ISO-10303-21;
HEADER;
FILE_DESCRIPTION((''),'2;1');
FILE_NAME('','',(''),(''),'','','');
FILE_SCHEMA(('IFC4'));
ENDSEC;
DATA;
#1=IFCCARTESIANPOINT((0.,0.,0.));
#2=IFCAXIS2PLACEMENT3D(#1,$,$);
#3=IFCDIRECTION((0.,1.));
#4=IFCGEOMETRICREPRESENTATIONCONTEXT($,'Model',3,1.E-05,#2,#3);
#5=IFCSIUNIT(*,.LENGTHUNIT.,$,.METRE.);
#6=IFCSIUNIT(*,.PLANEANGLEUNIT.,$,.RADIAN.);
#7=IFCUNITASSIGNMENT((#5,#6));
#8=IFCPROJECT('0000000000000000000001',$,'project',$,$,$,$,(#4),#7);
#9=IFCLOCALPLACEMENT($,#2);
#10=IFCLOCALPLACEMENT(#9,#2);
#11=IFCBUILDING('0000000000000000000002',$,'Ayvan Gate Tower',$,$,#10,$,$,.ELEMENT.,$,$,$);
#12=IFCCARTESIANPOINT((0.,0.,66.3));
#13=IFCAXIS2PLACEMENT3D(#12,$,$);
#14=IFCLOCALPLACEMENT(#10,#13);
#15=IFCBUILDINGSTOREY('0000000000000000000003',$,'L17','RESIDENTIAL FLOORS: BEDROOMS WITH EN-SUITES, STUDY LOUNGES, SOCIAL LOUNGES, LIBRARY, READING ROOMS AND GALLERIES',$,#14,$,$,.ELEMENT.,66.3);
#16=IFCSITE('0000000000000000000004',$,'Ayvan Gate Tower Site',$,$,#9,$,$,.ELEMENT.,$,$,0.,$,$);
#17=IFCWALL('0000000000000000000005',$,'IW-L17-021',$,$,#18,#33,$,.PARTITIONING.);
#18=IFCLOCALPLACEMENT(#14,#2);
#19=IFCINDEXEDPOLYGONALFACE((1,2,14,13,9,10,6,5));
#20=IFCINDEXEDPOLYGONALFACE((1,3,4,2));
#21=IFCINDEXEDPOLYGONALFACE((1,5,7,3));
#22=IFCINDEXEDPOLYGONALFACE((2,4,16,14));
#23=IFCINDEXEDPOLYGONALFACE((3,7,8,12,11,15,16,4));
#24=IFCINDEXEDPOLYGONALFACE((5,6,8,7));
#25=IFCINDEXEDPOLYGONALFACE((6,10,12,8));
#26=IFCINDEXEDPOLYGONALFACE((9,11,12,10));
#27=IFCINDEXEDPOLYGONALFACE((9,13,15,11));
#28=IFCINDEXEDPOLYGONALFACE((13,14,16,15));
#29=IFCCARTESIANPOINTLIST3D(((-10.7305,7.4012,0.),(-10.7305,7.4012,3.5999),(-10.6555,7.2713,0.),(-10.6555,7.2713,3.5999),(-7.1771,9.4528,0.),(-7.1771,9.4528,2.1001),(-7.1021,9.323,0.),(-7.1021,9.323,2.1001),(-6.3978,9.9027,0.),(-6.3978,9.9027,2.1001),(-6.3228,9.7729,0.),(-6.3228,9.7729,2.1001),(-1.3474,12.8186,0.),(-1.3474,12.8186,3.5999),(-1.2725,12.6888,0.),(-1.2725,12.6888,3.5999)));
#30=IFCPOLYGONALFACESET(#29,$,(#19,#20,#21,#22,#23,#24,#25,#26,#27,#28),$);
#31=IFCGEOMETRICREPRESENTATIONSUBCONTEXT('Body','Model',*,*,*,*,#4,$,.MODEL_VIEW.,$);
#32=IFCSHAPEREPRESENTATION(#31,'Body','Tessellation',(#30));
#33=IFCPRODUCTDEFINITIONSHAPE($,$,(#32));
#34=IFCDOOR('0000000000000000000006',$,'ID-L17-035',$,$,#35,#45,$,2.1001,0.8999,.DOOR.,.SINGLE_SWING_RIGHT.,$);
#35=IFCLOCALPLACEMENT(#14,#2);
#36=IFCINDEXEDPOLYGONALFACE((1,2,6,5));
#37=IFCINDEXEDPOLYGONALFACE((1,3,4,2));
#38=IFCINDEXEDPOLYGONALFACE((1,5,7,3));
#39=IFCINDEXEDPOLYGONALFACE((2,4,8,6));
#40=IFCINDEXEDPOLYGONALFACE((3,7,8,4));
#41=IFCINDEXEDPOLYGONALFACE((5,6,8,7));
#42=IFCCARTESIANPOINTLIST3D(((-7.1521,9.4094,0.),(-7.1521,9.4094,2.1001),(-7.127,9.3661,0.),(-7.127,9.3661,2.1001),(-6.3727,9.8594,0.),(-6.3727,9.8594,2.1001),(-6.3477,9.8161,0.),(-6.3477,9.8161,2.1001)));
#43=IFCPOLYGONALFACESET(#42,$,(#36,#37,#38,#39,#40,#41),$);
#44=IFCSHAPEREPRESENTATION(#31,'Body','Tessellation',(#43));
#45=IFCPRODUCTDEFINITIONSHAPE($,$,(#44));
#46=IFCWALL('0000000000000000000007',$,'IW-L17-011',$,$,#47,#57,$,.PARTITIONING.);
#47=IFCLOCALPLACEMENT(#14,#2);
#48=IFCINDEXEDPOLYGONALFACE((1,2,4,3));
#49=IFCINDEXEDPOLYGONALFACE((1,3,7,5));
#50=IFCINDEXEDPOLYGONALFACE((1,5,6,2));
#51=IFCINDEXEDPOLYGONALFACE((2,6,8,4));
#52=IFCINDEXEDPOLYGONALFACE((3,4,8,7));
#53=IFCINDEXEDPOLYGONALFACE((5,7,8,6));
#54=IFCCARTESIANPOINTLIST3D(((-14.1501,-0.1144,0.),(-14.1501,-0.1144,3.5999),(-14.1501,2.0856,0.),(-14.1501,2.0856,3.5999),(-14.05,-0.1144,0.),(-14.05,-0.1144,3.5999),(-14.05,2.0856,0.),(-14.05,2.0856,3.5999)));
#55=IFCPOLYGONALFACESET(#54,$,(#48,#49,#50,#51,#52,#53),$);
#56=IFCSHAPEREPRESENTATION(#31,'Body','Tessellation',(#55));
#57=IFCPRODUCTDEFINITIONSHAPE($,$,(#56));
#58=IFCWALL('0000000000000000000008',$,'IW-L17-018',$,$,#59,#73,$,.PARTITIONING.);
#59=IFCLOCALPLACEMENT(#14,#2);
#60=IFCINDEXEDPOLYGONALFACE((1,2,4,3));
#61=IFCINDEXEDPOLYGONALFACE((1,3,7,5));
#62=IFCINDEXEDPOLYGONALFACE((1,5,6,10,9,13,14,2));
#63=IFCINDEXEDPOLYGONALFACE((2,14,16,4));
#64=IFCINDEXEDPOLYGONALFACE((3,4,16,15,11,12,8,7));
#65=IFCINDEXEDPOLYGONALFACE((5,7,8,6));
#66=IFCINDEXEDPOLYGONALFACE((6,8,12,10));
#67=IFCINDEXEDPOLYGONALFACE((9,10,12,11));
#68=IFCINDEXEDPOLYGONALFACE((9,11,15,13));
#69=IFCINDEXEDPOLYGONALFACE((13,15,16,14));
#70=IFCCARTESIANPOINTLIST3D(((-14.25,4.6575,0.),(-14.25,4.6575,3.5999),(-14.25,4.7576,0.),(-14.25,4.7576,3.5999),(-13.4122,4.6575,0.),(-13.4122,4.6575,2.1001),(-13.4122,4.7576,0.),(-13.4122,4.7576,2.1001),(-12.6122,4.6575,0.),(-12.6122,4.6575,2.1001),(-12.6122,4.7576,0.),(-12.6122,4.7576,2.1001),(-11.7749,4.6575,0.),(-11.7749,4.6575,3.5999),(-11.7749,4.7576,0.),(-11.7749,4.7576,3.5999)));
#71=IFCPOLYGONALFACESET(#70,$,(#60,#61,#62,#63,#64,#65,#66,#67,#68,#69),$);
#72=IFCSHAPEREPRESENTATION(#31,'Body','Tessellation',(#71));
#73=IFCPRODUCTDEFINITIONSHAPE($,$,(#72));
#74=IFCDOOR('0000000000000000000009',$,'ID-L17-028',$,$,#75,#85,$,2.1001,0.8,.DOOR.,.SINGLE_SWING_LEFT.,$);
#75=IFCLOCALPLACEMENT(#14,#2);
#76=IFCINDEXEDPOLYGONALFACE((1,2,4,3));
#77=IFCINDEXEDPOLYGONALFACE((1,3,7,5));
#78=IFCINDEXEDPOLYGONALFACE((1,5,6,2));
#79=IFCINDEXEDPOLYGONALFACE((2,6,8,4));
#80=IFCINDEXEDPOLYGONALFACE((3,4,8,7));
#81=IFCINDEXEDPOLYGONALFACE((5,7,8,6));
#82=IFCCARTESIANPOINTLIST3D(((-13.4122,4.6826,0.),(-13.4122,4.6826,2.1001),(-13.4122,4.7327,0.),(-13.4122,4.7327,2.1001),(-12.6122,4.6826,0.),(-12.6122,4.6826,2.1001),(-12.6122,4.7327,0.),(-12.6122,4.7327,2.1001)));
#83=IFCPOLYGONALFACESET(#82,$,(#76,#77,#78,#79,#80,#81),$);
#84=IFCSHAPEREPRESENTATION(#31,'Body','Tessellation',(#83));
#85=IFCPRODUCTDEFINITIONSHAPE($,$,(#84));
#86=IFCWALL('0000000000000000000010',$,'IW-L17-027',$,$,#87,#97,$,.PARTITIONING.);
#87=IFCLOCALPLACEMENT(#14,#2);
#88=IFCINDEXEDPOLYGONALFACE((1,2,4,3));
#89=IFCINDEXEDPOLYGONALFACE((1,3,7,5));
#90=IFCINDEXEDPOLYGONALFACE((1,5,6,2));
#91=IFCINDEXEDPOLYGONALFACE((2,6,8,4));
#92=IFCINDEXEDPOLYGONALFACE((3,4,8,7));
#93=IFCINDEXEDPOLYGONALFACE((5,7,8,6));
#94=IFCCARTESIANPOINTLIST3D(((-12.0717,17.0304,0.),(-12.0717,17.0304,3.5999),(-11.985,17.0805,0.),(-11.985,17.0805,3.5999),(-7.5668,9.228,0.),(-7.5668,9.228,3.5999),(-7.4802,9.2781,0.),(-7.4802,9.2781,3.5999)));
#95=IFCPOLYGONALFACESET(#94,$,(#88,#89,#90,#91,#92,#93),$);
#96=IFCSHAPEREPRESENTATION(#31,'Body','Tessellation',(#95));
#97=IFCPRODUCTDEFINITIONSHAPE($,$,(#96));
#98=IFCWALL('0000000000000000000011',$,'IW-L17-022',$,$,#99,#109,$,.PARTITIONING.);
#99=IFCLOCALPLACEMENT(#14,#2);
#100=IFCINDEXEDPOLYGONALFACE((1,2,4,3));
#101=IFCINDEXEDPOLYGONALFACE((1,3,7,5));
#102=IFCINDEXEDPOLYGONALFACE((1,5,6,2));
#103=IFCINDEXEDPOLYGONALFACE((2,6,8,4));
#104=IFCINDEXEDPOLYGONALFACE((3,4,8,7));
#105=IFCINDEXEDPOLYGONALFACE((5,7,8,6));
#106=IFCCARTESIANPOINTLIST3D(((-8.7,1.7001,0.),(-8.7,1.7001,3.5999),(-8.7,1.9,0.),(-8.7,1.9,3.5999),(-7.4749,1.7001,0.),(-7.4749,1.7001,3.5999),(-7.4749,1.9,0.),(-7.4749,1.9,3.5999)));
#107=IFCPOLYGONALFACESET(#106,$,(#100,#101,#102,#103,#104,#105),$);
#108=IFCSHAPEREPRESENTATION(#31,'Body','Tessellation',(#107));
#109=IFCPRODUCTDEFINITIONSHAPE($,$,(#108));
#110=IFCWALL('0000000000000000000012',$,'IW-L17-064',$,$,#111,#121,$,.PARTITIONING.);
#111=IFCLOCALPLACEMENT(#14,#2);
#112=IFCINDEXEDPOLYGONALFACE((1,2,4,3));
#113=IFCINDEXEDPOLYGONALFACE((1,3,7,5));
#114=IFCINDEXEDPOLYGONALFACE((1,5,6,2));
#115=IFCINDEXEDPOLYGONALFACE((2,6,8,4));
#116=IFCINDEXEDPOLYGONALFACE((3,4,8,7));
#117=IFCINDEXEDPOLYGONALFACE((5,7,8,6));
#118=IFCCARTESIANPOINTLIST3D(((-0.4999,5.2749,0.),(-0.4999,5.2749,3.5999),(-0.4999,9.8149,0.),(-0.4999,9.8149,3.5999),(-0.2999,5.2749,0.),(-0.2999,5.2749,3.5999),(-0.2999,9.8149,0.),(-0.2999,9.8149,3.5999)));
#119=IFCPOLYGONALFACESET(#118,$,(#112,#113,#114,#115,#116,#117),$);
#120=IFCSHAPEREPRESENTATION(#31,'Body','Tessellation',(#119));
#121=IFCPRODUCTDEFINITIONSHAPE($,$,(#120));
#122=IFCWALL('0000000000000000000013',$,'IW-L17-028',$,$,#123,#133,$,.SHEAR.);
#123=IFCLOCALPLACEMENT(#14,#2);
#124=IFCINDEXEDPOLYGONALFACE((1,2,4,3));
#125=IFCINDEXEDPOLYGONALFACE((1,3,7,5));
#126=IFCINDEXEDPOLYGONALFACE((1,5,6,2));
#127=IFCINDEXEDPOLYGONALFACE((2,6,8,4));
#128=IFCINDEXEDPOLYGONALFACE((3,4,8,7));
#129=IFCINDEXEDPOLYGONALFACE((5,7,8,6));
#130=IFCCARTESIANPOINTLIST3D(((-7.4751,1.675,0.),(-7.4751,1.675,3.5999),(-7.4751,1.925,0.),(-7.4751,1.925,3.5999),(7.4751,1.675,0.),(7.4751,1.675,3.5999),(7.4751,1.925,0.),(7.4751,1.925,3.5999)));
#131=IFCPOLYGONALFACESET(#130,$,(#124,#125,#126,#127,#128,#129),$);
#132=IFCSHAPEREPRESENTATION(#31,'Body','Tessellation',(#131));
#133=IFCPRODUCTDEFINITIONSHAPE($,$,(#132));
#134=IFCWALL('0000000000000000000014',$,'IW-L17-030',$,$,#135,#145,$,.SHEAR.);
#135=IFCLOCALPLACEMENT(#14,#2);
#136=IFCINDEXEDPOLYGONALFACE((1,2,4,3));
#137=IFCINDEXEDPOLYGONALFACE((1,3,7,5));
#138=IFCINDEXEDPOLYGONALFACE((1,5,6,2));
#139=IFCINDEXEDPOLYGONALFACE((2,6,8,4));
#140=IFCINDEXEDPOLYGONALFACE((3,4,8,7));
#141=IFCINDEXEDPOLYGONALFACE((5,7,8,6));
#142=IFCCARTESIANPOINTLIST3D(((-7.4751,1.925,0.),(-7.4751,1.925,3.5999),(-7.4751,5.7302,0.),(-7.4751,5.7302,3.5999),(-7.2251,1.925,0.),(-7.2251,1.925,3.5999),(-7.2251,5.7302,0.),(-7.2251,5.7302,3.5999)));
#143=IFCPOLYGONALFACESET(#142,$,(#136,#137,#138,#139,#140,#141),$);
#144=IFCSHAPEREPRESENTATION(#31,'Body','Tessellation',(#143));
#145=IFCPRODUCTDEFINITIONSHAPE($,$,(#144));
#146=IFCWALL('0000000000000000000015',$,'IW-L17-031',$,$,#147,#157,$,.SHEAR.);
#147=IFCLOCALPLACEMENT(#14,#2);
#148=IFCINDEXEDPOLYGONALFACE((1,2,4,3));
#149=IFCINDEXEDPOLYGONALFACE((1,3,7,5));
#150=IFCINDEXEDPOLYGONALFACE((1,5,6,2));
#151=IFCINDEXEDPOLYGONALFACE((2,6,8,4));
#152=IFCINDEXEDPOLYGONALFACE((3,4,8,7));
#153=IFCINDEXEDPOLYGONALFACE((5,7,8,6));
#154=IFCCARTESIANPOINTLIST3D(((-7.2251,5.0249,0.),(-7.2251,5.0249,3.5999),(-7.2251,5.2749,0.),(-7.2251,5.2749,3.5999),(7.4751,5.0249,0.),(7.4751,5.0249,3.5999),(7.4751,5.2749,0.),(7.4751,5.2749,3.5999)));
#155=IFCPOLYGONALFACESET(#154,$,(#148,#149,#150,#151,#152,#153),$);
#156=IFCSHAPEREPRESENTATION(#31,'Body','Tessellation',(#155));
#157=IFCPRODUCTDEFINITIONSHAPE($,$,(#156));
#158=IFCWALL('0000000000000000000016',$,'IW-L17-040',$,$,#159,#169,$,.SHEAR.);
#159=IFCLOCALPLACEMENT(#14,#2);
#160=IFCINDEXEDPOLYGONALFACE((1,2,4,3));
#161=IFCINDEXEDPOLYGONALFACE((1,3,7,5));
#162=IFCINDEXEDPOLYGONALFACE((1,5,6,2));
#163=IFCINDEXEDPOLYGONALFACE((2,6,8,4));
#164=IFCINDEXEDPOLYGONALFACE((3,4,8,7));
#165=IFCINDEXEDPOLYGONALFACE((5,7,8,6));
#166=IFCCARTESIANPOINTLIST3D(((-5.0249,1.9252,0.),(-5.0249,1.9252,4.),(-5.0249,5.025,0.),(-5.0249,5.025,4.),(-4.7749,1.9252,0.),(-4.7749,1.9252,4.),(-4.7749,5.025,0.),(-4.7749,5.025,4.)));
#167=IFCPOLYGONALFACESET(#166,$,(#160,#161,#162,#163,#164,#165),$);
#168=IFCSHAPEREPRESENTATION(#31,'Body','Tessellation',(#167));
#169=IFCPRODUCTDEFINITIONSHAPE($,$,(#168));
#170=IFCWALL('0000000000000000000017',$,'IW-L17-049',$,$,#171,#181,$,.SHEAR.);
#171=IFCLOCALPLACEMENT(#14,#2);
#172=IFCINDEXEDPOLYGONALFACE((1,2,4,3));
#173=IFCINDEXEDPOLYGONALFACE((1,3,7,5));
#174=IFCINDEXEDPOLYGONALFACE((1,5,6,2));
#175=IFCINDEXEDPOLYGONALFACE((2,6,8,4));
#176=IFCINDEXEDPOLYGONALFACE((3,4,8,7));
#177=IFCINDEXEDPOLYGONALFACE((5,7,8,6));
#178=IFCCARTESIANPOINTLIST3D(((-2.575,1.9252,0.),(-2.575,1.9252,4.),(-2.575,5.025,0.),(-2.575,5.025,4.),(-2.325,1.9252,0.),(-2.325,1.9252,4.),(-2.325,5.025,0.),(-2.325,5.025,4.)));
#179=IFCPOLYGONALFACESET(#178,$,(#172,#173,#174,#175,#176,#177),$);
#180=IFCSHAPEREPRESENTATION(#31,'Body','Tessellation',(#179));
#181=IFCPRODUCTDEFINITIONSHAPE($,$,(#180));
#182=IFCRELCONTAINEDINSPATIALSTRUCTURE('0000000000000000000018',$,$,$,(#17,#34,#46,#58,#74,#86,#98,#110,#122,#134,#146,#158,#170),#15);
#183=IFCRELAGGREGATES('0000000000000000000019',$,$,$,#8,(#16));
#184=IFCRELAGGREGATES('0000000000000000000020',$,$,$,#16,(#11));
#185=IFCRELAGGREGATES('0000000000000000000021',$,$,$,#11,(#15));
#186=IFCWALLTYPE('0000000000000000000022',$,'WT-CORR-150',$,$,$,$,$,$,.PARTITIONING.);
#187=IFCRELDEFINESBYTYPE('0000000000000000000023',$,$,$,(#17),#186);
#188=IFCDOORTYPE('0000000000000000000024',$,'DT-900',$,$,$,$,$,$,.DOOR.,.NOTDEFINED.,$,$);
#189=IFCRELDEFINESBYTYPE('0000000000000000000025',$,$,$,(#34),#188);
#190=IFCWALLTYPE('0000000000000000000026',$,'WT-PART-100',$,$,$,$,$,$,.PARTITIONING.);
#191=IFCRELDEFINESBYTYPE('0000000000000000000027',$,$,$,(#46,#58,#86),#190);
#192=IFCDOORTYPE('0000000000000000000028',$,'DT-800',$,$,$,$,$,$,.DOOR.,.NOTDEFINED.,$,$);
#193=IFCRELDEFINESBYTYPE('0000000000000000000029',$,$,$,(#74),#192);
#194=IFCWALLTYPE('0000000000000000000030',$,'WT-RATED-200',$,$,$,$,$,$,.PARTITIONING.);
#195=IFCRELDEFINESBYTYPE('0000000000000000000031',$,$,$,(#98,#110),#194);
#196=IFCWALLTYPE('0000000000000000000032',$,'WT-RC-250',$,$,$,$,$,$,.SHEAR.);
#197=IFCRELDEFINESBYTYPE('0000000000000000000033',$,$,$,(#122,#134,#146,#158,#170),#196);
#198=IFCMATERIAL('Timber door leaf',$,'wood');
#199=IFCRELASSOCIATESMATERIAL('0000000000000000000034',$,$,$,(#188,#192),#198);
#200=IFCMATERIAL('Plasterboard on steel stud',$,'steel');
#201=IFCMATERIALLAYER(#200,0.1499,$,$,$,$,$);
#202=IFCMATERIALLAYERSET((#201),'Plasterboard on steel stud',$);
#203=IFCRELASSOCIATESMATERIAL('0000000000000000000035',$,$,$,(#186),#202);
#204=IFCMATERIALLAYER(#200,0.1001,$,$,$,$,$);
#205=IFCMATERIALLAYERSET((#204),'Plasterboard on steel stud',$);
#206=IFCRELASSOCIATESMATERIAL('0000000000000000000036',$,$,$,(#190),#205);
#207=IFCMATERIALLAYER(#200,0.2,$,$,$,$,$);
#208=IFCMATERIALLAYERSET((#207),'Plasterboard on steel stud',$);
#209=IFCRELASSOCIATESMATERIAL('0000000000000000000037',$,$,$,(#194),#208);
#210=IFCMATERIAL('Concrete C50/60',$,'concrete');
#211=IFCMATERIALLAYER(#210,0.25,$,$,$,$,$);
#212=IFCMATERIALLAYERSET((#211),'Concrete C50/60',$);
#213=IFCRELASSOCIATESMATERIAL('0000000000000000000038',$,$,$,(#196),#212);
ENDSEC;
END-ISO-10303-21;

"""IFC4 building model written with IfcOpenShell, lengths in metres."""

from ifc_helpers import new_model, si_unit, direction, frame, frame_2d, origin, place, context, subcontext, project, spatial, rectangle, extrude, material, layer, layer_set, type_object, element, fill, save


model = new_model("IFC4")

# Units and contexts
model_context = context("Model", 3, precision=1e-05, world=origin(), true_north=direction((0.0, 1.0)))
body_context = subcontext(model_context, "Body", "Model", "MODEL_VIEW")
ifc_project = project(units=[si_unit("LENGTHUNIT", "METRE"), si_unit("PLANEANGLEUNIT", "RADIAN")], contexts=[model_context])

# Site, building, storey
site_placement = place(None, origin())
site = spatial("IfcSite", under=ifc_project, at=site_placement, Name="Ayvan Gate Tower Site", CompositionType="ELEMENT", RefElevation=0.0)
building_placement = place(site_placement, origin())
building = spatial("IfcBuilding", under=site, at=building_placement, Name="Ayvan Gate Tower", CompositionType="ELEMENT")
storey_placement = place(building_placement, frame((0.0, 0.0, 66.3)))
storey = spatial("IfcBuildingStorey", under=building, at=storey_placement, Name="L17", Description="RESIDENTIAL FLOORS: BEDROOMS WITH EN-SUITES, STUDY LOUNGES, SOCIAL LOUNGES, LIBRARY, READING ROOMS AND GALLERIES", CompositionType="ELEMENT", Elevation=66.3)

# Shared definitions
ifc_material_1 = material(Name="Timber door leaf", Category="wood")
door_type_1 = type_object("IfcDoorType", Name="DT-900", OperationType="NOTDEFINED", PredefinedType="DOOR", material=ifc_material_1)
ifc_material_2 = material(Name="Plasterboard on steel stud", Category="steel")
ifc_layer_1 = layer(ifc_material_2, 0.1499)
ifc_layer_set_1 = layer_set([ifc_layer_1], Name="Plasterboard on steel stud")
wall_type_1 = type_object("IfcWallType", Name="WT-CORR-150", PredefinedType="PARTITIONING", material=ifc_layer_set_1)

# Wall, opening, door
wall_1_placement = place(storey_placement, frame((-10.6931, 7.3362, 0.0), z_axis=(0.0, 0.0, 1.0), x_axis=(0.866019, 0.500012, 0.0)))
wall_1 = element("IfcWall", 1, at=wall_1_placement, inside=storey, type_object=wall_type_1, Name="IW-L17-021", PredefinedType="PARTITIONING", context=body_context, shape_type="SweptSolid", body=[
    extrude(rectangle(XDim=10.8347, YDim=0.1499, at=frame_2d((5.4175, 0.0))), origin(), (0.0, 0.0, 1.0), 3.5999),
])
opening_1_placement = place(wall_1_placement, frame((4.1033, 0.0, 0.0)))
opening_1 = element("IfcOpeningElement", 2, at=opening_1_placement, cuts=wall_1, PredefinedType="OPENING", context=body_context, shape_type="SweptSolid", body=[
    extrude(rectangle(XDim=0.8999, YDim=2.1001, at=frame_2d((0.45, 1.05))), frame((0.0, 0.085, 0.0), z_axis=(0.0, -1.0, 0.0), x_axis=(1.0, 0.0, 0.0)), (0.0, 0.0, 1.0), 0.1699),
])
door_1_placement = place(opening_1_placement, origin())
door_1 = element("IfcDoor", 3, at=door_1_placement, inside=storey, type_object=door_type_1, Name="ID-L17-035", OperationType="SINGLE_SWING_RIGHT", OverallHeight=2.1001, OverallWidth=0.8999, PredefinedType="DOOR", context=body_context, shape_type="SweptSolid", body=[
    extrude(rectangle(XDim=0.8999, YDim=2.1001, at=frame_2d((0.45, 1.05))), frame((0.0, 0.0249, 0.0), z_axis=(0.0, -1.0, 0.0), x_axis=(1.0, 0.0, 0.0)), (0.0, 0.0, 1.0), 0.05),
])
fill(opening_1, door_1)

# Wall
ifc_layer_2 = layer(ifc_material_2, 0.1001)
ifc_layer_set_2 = layer_set([ifc_layer_2], Name="Plasterboard on steel stud")
wall_type_2 = type_object("IfcWallType", Name="WT-PART-100", PredefinedType="PARTITIONING", material=ifc_layer_set_2)
wall_2_placement = place(storey_placement, frame((-14.1001, 2.0857, 0.0), z_axis=(0.0, 0.0, 1.0), x_axis=(0.0, -1.0, 0.0)))
element("IfcWall", 4, at=wall_2_placement, inside=storey, type_object=wall_type_2, Name="IW-L17-011", PredefinedType="PARTITIONING", context=body_context, shape_type="SweptSolid", body=[
    extrude(rectangle(XDim=2.2, YDim=0.1001, at=frame_2d((1.1001, 0.0))), origin(), (0.0, 0.0, 1.0), 3.5999),
])

# Wall, opening, door
wall_3_placement = place(storey_placement, frame((-11.7749, 4.7075, 0.0), z_axis=(0.0, 0.0, 1.0), x_axis=(-1.0, 0.0, 0.0)))
wall_3 = element("IfcWall", 5, at=wall_3_placement, inside=storey, type_object=wall_type_2, Name="IW-L17-018", PredefinedType="PARTITIONING", context=body_context, shape_type="SweptSolid", body=[
    extrude(rectangle(XDim=2.4751, YDim=0.1001, at=frame_2d((1.2375, 0.0))), origin(), (0.0, 0.0, 1.0), 3.5999),
])
opening_2_placement = place(wall_3_placement, frame((0.8374, 0.0, 0.0)))
opening_2 = element("IfcOpeningElement", 6, at=opening_2_placement, cuts=wall_3, PredefinedType="OPENING", context=body_context, shape_type="SweptSolid", body=[
    extrude(rectangle(XDim=0.8, YDim=2.1001, at=frame_2d((0.3999, 1.05))), frame((0.0, 0.0601, 0.0), z_axis=(0.0, -1.0, 0.0), x_axis=(1.0, 0.0, 0.0)), (0.0, 0.0, 1.0), 0.1201),
])
door_type_2 = type_object("IfcDoorType", Name="DT-800", OperationType="NOTDEFINED", PredefinedType="DOOR", material=ifc_material_1)
door_2_placement = place(opening_2_placement, origin())
door_2 = element("IfcDoor", 7, at=door_2_placement, inside=storey, type_object=door_type_2, Name="ID-L17-028", OperationType="SINGLE_SWING_LEFT", OverallHeight=2.1001, OverallWidth=0.8, PredefinedType="DOOR", context=body_context, shape_type="SweptSolid", body=[
    extrude(rectangle(XDim=0.8, YDim=2.1001, at=frame_2d((0.3999, 1.05))), frame((0.0, 0.0249, 0.0), z_axis=(0.0, -1.0, 0.0), x_axis=(1.0, 0.0, 0.0)), (0.0, 0.0, 1.0), 0.05),
])
fill(opening_2, door_2)

# Walls
wall_4_placement = place(storey_placement, frame((-7.5234, 9.2529, 0.0), z_axis=(0.0, 0.0, 1.0), x_axis=(-0.500009, 0.86602, 0.0)))
element("IfcWall", 8, at=wall_4_placement, inside=storey, type_object=wall_type_2, Name="IW-L17-027", PredefinedType="PARTITIONING", context=body_context, shape_type="SweptSolid", body=[
    extrude(rectangle(XDim=9.0095, YDim=0.1001, at=frame_2d((4.5049, 0.0))), origin(), (0.0, 0.0, 1.0), 3.5999),
])
ifc_layer_3 = layer(ifc_material_2, 0.2)
ifc_layer_set_3 = layer_set([ifc_layer_3], Name="Plasterboard on steel stud")
wall_type_3 = type_object("IfcWallType", Name="WT-RATED-200", PredefinedType="PARTITIONING", material=ifc_layer_set_3)
wall_5_placement = place(storey_placement, frame((-8.7, 1.8, 0.0), z_axis=(0.0, 0.0, 1.0), x_axis=(1.0, 0.0, 0.0)))
element("IfcWall", 9, at=wall_5_placement, inside=storey, type_object=wall_type_3, Name="IW-L17-022", PredefinedType="PARTITIONING", context=body_context, shape_type="SweptSolid", body=[
    extrude(rectangle(XDim=1.2251, YDim=0.2, at=frame_2d((0.6125, 0.0))), origin(), (0.0, 0.0, 1.0), 3.5999),
])
wall_6_placement = place(storey_placement, frame((-0.3999, 9.8149, 0.0), z_axis=(0.0, 0.0, 1.0), x_axis=(0.0, -1.0, 0.0)))
element("IfcWall", 10, at=wall_6_placement, inside=storey, type_object=wall_type_3, Name="IW-L17-064", PredefinedType="PARTITIONING", context=body_context, shape_type="SweptSolid", body=[
    extrude(rectangle(XDim=4.54, YDim=0.2, at=frame_2d((2.27, 0.0))), origin(), (0.0, 0.0, 1.0), 3.5999),
])
ifc_material_3 = material(Name="Concrete C50/60", Category="concrete")
ifc_layer_4 = layer(ifc_material_3, 0.25)
ifc_layer_set_4 = layer_set([ifc_layer_4], Name="Concrete C50/60")
wall_type_4 = type_object("IfcWallType", Name="WT-RC-250", PredefinedType="SHEAR", material=ifc_layer_set_4)
wall_7_placement = place(storey_placement, frame((-7.4751, 1.8, 0.0), z_axis=(0.0, 0.0, 1.0), x_axis=(1.0, 0.0, 0.0)))
element("IfcWall", 11, at=wall_7_placement, inside=storey, type_object=wall_type_4, Name="IW-L17-028", PredefinedType="SHEAR", context=body_context, shape_type="SweptSolid", body=[
    extrude(rectangle(XDim=14.9502, YDim=0.25, at=frame_2d((7.4751, 0.0))), origin(), (0.0, 0.0, 1.0), 3.5999),
])
wall_8_placement = place(storey_placement, frame((-7.3501, 1.925, 0.0), z_axis=(0.0, 0.0, 1.0), x_axis=(0.0, 1.0, 0.0)))
element("IfcWall", 12, at=wall_8_placement, inside=storey, type_object=wall_type_4, Name="IW-L17-030", PredefinedType="SHEAR", context=body_context, shape_type="SweptSolid", body=[
    extrude(rectangle(XDim=3.8052, YDim=0.25, at=frame_2d((1.9026, 0.0))), origin(), (0.0, 0.0, 1.0), 3.5999),
])
wall_9_placement = place(storey_placement, frame((-7.2251, 5.1499, 0.0), z_axis=(0.0, 0.0, 1.0), x_axis=(1.0, 0.0, 0.0)))
element("IfcWall", 13, at=wall_9_placement, inside=storey, type_object=wall_type_4, Name="IW-L17-031", PredefinedType="SHEAR", context=body_context, shape_type="SweptSolid", body=[
    extrude(rectangle(XDim=14.7002, YDim=0.25, at=frame_2d((7.3501, 0.0))), origin(), (0.0, 0.0, 1.0), 3.5999),
])
for number, where, z_axis, x_axis, name in (
    (14, (-4.8999, 5.0249, 0.0), (0.0, 0.0, 1.0), (0.0, -1.0, 0.0), "IW-L17-040"),
    (15, (-2.45, 5.0249, 0.0), (0.0, 0.0, 1.0), (0.0, -1.0, 0.0), "IW-L17-049"),
):
    element("IfcWall", number, at=place(storey_placement, frame(where, z_axis=z_axis, x_axis=x_axis)), inside=storey, type_object=wall_type_4, Name=name, PredefinedType="SHEAR", context=body_context, shape_type="SweptSolid", body=[
        extrude(rectangle(XDim=3.0999, YDim=0.25, at=frame_2d((1.5498, 0.0))), origin(), (0.0, 0.0, 1.0), 4.0),
    ])

save(model, "model.ifc")
